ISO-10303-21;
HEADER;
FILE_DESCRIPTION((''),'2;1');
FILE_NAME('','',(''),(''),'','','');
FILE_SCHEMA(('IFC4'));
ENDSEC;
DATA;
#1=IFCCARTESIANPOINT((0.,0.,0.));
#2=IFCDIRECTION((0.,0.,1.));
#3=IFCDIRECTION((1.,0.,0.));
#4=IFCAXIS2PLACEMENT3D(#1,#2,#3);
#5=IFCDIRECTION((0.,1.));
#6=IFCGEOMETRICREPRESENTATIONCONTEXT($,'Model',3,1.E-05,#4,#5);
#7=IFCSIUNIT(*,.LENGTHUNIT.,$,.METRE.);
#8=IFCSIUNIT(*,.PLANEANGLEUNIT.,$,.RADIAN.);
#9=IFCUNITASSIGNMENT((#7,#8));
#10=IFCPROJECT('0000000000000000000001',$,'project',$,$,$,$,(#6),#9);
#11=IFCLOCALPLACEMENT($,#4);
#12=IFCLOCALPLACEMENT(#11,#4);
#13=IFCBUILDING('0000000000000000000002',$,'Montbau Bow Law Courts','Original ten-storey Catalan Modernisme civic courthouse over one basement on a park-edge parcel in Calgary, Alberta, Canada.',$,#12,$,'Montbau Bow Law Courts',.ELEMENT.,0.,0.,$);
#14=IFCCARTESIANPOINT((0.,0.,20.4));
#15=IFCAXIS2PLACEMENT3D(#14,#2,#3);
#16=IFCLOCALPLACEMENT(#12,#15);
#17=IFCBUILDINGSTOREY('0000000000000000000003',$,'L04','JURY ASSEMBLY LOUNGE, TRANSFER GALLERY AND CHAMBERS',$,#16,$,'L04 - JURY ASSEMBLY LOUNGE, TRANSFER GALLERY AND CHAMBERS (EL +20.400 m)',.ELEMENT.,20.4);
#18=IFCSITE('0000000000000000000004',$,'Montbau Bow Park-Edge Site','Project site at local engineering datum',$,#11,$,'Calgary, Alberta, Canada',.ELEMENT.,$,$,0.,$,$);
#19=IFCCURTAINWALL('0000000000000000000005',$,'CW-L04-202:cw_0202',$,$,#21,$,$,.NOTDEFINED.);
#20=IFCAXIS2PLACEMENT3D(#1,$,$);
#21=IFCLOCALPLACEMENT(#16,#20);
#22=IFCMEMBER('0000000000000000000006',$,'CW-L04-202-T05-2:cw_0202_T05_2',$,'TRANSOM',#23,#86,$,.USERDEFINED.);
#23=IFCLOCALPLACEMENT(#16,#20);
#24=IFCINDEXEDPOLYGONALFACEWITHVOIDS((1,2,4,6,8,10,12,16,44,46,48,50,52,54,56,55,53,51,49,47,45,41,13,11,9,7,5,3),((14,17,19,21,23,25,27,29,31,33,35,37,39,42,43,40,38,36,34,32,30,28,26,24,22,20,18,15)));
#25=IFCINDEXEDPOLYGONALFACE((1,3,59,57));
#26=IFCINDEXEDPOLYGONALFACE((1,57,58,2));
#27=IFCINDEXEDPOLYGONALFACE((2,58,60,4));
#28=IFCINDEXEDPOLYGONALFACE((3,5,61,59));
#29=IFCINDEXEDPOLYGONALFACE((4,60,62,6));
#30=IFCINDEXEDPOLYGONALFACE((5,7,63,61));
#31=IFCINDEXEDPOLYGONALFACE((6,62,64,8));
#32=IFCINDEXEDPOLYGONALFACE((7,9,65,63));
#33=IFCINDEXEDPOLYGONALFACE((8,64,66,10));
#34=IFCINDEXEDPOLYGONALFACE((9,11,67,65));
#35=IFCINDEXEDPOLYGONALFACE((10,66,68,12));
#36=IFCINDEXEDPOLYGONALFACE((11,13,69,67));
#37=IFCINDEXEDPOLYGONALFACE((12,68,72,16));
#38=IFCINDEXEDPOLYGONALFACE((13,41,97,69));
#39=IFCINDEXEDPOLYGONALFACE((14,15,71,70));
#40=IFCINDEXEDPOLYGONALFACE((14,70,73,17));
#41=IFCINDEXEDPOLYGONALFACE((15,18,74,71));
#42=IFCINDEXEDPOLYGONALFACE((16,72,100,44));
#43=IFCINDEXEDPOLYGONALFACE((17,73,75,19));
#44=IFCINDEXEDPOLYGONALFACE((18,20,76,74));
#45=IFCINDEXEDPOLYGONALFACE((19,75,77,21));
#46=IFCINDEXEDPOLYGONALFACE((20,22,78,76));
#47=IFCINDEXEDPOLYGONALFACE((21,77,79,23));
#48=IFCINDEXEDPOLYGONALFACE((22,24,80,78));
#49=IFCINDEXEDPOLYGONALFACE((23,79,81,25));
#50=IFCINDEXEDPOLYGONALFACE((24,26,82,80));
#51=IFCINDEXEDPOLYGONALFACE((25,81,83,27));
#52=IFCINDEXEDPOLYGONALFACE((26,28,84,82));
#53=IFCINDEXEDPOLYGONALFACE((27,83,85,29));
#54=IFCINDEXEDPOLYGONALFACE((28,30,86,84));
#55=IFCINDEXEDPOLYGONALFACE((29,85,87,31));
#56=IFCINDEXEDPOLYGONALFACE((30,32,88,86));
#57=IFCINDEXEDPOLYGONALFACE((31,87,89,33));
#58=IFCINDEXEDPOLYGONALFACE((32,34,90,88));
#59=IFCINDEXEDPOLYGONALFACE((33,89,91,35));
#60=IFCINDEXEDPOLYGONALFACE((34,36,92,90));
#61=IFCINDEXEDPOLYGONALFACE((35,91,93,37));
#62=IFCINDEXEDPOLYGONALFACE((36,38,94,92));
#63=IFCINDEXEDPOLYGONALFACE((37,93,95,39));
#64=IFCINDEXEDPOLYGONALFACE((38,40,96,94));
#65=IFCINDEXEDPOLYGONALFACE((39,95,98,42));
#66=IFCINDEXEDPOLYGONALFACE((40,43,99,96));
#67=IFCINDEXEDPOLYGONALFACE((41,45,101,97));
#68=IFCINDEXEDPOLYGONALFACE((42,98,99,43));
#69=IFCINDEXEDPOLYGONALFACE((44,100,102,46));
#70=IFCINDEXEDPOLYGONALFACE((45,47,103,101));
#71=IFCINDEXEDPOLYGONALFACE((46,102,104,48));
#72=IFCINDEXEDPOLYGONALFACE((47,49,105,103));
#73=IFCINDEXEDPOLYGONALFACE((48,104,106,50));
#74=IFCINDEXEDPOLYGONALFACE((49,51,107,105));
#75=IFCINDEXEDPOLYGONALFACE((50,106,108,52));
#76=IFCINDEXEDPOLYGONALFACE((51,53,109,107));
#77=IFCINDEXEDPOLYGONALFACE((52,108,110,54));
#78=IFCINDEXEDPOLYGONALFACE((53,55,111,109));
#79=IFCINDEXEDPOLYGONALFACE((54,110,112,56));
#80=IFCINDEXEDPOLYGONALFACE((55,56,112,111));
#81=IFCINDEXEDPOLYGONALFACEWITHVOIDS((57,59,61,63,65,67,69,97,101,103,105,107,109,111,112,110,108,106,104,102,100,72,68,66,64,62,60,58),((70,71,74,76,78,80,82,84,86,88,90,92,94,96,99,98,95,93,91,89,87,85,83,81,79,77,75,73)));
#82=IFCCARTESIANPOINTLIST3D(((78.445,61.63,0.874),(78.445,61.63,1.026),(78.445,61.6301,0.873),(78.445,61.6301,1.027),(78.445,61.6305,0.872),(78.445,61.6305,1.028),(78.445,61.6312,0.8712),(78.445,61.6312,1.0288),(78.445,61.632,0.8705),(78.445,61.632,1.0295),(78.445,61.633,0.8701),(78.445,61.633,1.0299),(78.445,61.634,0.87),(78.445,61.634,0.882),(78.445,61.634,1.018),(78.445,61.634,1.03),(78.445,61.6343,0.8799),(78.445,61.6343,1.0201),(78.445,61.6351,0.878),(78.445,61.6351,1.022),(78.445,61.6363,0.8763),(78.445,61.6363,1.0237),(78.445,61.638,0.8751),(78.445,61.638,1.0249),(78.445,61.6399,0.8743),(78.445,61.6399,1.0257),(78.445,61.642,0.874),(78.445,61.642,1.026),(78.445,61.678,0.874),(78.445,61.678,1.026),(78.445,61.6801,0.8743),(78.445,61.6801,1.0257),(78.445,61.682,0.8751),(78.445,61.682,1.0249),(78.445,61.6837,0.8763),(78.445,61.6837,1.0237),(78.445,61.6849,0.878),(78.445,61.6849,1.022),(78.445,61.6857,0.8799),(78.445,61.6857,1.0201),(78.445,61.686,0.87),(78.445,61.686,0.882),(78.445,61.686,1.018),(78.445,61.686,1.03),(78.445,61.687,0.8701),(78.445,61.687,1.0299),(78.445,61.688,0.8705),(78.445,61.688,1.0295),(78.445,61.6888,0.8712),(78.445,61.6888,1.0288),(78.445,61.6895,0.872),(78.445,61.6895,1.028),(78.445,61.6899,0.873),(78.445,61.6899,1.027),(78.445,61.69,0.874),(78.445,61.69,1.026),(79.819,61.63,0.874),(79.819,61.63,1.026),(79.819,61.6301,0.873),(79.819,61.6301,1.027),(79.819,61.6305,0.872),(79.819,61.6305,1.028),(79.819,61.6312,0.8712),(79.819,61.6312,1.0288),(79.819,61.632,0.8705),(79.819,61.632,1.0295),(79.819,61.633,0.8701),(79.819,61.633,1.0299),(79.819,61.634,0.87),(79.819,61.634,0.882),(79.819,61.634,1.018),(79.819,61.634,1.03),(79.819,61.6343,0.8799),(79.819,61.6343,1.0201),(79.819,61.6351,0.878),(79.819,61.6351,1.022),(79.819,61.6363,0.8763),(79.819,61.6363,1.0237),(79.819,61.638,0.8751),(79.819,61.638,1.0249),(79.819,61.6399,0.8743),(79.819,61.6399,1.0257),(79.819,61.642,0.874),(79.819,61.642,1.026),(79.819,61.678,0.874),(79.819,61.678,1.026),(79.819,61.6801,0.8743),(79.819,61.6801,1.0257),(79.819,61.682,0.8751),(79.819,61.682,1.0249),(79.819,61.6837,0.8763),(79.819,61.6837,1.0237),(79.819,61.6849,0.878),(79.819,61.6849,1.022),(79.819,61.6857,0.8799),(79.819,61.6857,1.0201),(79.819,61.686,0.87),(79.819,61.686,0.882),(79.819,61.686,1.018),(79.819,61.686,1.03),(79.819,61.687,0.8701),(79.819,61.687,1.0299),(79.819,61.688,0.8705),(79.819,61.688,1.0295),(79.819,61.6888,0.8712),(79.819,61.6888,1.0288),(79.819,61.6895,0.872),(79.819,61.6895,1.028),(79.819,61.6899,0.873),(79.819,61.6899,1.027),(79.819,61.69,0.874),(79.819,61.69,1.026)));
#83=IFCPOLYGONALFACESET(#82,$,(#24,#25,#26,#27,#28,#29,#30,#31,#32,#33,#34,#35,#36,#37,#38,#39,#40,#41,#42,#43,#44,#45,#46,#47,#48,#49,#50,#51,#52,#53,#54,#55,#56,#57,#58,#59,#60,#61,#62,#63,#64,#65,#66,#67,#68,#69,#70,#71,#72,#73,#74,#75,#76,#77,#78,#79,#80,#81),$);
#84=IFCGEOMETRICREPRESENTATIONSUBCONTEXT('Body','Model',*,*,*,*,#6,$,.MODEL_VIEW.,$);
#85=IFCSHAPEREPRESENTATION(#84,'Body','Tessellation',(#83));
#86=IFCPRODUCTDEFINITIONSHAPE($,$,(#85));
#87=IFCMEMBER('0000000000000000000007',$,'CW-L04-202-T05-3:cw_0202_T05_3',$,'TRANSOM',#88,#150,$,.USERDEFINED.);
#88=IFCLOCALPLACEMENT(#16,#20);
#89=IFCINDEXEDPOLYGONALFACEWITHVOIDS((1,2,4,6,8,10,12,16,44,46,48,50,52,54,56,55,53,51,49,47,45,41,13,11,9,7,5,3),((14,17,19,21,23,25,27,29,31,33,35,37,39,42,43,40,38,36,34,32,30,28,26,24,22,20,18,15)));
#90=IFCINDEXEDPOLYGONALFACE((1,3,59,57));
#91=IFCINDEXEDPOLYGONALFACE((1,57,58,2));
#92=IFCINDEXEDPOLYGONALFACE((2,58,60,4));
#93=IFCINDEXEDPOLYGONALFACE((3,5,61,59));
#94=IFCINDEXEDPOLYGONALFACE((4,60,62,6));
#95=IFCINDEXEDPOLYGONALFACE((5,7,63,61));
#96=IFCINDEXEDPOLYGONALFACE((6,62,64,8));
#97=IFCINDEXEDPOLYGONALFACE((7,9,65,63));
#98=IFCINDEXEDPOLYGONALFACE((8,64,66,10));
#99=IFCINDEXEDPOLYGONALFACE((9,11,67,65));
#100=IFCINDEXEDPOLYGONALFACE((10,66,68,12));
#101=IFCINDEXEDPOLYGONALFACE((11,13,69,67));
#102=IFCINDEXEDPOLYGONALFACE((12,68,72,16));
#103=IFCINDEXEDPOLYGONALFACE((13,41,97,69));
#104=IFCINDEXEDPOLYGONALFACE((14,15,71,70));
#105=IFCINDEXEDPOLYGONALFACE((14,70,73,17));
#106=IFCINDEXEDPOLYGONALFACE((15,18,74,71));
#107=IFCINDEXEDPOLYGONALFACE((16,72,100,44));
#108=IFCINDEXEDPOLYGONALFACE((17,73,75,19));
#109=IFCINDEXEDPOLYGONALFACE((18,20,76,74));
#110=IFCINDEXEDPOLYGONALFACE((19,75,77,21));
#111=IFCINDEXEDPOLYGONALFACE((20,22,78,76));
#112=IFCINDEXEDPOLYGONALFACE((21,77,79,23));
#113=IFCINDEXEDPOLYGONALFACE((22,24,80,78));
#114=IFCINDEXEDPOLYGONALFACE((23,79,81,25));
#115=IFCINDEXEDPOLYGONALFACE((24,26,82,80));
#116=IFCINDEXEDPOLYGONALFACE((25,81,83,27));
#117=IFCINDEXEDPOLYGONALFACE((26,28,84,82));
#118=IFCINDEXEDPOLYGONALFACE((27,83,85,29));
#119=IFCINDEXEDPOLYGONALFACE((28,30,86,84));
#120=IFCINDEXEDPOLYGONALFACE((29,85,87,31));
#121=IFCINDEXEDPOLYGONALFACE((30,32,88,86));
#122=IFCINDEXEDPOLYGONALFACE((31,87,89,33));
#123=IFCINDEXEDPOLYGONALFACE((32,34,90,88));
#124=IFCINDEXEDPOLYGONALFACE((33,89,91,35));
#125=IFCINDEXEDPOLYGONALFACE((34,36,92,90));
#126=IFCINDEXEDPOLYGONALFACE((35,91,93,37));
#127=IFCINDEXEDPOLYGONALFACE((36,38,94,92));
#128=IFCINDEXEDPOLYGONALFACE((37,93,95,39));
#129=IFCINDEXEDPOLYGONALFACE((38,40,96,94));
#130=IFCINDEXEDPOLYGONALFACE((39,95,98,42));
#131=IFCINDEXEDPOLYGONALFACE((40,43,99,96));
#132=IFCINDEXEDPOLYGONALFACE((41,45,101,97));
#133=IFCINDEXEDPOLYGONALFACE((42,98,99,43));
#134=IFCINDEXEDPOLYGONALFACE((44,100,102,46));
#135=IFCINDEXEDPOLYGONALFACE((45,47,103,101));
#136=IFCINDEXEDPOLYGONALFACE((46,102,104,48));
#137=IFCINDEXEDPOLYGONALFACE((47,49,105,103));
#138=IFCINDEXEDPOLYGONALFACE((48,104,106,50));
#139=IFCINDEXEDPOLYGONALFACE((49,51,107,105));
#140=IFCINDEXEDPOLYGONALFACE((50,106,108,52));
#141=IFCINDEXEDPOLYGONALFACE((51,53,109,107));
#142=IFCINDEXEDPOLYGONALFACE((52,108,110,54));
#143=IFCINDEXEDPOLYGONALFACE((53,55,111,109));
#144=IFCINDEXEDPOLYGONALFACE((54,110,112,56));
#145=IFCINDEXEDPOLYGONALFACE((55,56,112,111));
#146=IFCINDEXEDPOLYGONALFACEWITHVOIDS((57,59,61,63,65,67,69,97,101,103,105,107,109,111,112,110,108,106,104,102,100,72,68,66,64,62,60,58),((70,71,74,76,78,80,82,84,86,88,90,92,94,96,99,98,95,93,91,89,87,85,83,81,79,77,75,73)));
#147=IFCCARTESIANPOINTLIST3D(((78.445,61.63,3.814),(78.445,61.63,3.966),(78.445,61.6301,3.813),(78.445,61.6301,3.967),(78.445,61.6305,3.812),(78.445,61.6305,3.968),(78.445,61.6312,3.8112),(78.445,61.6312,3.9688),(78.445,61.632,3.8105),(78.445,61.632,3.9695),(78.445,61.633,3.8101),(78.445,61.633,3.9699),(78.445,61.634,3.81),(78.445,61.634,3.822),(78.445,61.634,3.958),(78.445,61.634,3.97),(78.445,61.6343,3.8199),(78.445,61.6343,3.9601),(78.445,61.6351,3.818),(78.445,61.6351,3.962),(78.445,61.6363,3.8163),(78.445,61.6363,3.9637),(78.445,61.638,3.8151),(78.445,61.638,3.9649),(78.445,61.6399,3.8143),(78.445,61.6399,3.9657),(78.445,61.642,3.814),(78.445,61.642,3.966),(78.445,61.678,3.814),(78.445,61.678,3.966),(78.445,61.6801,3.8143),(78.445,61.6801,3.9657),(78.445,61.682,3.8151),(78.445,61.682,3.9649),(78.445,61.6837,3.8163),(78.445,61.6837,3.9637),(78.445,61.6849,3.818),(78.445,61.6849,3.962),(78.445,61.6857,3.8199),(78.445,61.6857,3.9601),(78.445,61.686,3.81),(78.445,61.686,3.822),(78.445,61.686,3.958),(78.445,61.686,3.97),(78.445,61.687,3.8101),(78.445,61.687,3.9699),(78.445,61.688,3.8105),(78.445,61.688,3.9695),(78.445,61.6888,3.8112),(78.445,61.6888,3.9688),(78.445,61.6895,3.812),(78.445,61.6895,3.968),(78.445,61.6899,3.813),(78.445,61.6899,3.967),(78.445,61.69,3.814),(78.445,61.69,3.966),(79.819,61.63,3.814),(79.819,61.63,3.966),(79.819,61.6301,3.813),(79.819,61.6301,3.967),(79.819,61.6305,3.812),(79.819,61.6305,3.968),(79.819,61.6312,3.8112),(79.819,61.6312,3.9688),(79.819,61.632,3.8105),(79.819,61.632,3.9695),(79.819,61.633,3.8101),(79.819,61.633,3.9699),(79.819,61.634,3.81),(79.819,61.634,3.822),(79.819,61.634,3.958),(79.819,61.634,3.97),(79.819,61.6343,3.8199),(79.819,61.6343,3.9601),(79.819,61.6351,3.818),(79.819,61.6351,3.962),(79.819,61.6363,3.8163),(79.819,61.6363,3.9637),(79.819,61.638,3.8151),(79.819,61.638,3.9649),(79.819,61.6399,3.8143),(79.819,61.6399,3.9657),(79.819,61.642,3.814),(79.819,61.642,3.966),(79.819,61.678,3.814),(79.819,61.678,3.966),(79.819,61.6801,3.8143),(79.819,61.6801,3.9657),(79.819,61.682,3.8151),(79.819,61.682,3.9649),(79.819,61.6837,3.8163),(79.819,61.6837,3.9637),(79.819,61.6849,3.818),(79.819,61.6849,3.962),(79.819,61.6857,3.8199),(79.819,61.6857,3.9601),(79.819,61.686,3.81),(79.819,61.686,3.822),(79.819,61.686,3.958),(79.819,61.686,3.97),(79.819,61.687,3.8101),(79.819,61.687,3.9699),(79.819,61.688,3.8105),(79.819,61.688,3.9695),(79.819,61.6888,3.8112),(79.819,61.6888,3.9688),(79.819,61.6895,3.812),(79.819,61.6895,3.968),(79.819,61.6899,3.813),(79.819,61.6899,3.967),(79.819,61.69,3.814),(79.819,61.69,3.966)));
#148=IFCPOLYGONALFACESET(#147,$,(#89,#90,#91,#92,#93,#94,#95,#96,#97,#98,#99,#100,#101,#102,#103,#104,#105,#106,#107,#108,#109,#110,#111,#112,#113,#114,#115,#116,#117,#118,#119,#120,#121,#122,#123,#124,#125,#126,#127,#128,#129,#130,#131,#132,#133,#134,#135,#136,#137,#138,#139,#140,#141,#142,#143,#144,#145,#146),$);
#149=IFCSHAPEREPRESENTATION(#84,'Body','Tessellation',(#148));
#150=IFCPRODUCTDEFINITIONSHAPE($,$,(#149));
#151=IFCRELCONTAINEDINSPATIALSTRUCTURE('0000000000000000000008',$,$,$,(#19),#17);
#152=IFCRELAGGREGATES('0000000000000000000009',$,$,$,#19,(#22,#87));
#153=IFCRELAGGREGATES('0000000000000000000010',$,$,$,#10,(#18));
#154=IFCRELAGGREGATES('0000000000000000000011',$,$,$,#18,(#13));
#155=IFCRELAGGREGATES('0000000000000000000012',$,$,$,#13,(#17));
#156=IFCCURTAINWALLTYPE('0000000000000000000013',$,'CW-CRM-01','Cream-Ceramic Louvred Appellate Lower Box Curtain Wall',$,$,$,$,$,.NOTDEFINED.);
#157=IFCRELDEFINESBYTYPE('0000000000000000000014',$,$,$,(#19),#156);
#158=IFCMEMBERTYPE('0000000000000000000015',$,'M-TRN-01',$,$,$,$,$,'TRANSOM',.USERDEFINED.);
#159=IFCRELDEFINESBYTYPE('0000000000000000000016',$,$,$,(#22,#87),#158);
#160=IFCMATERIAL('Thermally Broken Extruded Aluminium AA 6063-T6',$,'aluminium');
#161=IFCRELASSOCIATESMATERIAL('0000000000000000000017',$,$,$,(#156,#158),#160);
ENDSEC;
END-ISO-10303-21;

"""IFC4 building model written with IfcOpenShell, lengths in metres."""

from ifc_helpers import new_model, si_unit, direction, frame, origin_with_axes, origin_2d_with_axis, place, context, subcontext, project, spatial, hollow_rectangle, extrude, material, material_profile, profile_set, type_object, element, aggregate, save


model = new_model("IFC4")

# Units and contexts
model_context = context("Model", 3, precision=1e-05, world=origin_with_axes(), true_north=direction((0.0, 1.0)))
body_context = subcontext(model_context, "Body", "Model", "MODEL_VIEW")
ifc_project = project(units=[si_unit("LENGTHUNIT", "METRE"), si_unit("PLANEANGLEUNIT", "RADIAN")], contexts=[model_context])

# Site, building, storey
site_placement = place(None, origin_with_axes())
site = spatial("IfcSite", under=ifc_project, at=site_placement, Name="Montbau Bow Park-Edge Site", Description="Project site at local engineering datum", LongName="Calgary, Alberta, Canada", CompositionType="ELEMENT", RefElevation=0.0)
building_placement = place(site_placement, origin_with_axes())
building = spatial("IfcBuilding", under=site, at=building_placement, Name="Montbau Bow Law Courts", Description="Original ten-storey Catalan Modernisme civic courthouse over one basement on a park-edge parcel in Calgary, Alberta, Canada.", LongName="Montbau Bow Law Courts", CompositionType="ELEMENT", ElevationOfRefHeight=0.0, ElevationOfTerrain=0.0)
storey_placement = place(building_placement, frame((0.0, 0.0, 20.4), z_axis=(0.0, 0.0, 1.0), x_axis=(1.0, 0.0, 0.0)))
storey = spatial("IfcBuildingStorey", under=building, at=storey_placement, Name="L04", Description="JURY ASSEMBLY LOUNGE, TRANSFER GALLERY AND CHAMBERS", LongName="L04 - JURY ASSEMBLY LOUNGE, TRANSFER GALLERY AND CHAMBERS (EL +20.400 m)", CompositionType="ELEMENT", Elevation=20.4)

# Curtain wall
ifc_material_1 = material(Name="Thermally Broken Extruded Aluminium AA 6063-T6", Category="aluminium")
curtain_wall_type = type_object("IfcCurtainWallType", Name="CW-CRM-01", Description="Cream-Ceramic Louvred Appellate Lower Box Curtain Wall", PredefinedType="NOTDEFINED", material=ifc_material_1)
curtain_wall_1_placement = place(None, frame((72.515, 61.66, 20.4), z_axis=(0.0, 0.0, 1.0), x_axis=(1.0, 0.0, 0.0)))
curtain_wall_1 = element("IfcCurtainWall", 1, at=curtain_wall_1_placement, inside=storey, type_object=curtain_wall_type, Name="CW-L04-202:cw_0202", PredefinedType="NOTDEFINED")

# Members
ifc_material_profile_1 = material_profile(ifc_material_1, hollow_rectangle(XDim=0.06, YDim=0.16, WallThickness=0.004, InnerFilletRadius=0.008, OuterFilletRadius=0.004, at=origin_2d_with_axis()), Name="CWT-160X60", Category="Main", Priority=0)
ifc_profile_set_1 = profile_set([ifc_material_profile_1], Name="Thermally Broken Extruded Aluminium AA 6063-T6")
member_type_1 = type_object("IfcMemberType", Name="M-TRN-01", ElementType="TRANSOM", PredefinedType="USERDEFINED", material=ifc_profile_set_1)
member_1_placement = place(None, frame((78.445, 61.66, 21.35), z_axis=(1.0, 0.0, 0.0), x_axis=(0.0, 1.0, 0.0)))
member_1 = element("IfcMember", 2, at=member_1_placement, type_object=member_type_1, Name="CW-L04-202-T05-2:cw_0202_T05_2", ObjectType="TRANSOM", PredefinedType="USERDEFINED", context=body_context, shape_type="SweptSolid", body=[
    extrude(hollow_rectangle(XDim=0.06, YDim=0.16, WallThickness=0.004, InnerFilletRadius=0.008, OuterFilletRadius=0.004, at=origin_2d_with_axis()), origin_with_axes(), (0.0, 0.0, 1.0), 1.374),
])
member_2_placement = place(None, frame((78.445, 61.66, 24.29), z_axis=(1.0, 0.0, 0.0), x_axis=(0.0, 1.0, 0.0)))
member_2 = element("IfcMember", 3, at=member_2_placement, type_object=member_type_1, Name="CW-L04-202-T05-3:cw_0202_T05_3", ObjectType="TRANSOM", PredefinedType="USERDEFINED", context=body_context, shape_type="SweptSolid", body=[
    extrude(hollow_rectangle(XDim=0.06, YDim=0.16, WallThickness=0.004, InnerFilletRadius=0.008, OuterFilletRadius=0.004, at=origin_2d_with_axis()), origin_with_axes(), (0.0, 0.0, 1.0), 1.374),
])

aggregate(curtain_wall_1, [member_1, member_2])

save(model, "model.ifc")
